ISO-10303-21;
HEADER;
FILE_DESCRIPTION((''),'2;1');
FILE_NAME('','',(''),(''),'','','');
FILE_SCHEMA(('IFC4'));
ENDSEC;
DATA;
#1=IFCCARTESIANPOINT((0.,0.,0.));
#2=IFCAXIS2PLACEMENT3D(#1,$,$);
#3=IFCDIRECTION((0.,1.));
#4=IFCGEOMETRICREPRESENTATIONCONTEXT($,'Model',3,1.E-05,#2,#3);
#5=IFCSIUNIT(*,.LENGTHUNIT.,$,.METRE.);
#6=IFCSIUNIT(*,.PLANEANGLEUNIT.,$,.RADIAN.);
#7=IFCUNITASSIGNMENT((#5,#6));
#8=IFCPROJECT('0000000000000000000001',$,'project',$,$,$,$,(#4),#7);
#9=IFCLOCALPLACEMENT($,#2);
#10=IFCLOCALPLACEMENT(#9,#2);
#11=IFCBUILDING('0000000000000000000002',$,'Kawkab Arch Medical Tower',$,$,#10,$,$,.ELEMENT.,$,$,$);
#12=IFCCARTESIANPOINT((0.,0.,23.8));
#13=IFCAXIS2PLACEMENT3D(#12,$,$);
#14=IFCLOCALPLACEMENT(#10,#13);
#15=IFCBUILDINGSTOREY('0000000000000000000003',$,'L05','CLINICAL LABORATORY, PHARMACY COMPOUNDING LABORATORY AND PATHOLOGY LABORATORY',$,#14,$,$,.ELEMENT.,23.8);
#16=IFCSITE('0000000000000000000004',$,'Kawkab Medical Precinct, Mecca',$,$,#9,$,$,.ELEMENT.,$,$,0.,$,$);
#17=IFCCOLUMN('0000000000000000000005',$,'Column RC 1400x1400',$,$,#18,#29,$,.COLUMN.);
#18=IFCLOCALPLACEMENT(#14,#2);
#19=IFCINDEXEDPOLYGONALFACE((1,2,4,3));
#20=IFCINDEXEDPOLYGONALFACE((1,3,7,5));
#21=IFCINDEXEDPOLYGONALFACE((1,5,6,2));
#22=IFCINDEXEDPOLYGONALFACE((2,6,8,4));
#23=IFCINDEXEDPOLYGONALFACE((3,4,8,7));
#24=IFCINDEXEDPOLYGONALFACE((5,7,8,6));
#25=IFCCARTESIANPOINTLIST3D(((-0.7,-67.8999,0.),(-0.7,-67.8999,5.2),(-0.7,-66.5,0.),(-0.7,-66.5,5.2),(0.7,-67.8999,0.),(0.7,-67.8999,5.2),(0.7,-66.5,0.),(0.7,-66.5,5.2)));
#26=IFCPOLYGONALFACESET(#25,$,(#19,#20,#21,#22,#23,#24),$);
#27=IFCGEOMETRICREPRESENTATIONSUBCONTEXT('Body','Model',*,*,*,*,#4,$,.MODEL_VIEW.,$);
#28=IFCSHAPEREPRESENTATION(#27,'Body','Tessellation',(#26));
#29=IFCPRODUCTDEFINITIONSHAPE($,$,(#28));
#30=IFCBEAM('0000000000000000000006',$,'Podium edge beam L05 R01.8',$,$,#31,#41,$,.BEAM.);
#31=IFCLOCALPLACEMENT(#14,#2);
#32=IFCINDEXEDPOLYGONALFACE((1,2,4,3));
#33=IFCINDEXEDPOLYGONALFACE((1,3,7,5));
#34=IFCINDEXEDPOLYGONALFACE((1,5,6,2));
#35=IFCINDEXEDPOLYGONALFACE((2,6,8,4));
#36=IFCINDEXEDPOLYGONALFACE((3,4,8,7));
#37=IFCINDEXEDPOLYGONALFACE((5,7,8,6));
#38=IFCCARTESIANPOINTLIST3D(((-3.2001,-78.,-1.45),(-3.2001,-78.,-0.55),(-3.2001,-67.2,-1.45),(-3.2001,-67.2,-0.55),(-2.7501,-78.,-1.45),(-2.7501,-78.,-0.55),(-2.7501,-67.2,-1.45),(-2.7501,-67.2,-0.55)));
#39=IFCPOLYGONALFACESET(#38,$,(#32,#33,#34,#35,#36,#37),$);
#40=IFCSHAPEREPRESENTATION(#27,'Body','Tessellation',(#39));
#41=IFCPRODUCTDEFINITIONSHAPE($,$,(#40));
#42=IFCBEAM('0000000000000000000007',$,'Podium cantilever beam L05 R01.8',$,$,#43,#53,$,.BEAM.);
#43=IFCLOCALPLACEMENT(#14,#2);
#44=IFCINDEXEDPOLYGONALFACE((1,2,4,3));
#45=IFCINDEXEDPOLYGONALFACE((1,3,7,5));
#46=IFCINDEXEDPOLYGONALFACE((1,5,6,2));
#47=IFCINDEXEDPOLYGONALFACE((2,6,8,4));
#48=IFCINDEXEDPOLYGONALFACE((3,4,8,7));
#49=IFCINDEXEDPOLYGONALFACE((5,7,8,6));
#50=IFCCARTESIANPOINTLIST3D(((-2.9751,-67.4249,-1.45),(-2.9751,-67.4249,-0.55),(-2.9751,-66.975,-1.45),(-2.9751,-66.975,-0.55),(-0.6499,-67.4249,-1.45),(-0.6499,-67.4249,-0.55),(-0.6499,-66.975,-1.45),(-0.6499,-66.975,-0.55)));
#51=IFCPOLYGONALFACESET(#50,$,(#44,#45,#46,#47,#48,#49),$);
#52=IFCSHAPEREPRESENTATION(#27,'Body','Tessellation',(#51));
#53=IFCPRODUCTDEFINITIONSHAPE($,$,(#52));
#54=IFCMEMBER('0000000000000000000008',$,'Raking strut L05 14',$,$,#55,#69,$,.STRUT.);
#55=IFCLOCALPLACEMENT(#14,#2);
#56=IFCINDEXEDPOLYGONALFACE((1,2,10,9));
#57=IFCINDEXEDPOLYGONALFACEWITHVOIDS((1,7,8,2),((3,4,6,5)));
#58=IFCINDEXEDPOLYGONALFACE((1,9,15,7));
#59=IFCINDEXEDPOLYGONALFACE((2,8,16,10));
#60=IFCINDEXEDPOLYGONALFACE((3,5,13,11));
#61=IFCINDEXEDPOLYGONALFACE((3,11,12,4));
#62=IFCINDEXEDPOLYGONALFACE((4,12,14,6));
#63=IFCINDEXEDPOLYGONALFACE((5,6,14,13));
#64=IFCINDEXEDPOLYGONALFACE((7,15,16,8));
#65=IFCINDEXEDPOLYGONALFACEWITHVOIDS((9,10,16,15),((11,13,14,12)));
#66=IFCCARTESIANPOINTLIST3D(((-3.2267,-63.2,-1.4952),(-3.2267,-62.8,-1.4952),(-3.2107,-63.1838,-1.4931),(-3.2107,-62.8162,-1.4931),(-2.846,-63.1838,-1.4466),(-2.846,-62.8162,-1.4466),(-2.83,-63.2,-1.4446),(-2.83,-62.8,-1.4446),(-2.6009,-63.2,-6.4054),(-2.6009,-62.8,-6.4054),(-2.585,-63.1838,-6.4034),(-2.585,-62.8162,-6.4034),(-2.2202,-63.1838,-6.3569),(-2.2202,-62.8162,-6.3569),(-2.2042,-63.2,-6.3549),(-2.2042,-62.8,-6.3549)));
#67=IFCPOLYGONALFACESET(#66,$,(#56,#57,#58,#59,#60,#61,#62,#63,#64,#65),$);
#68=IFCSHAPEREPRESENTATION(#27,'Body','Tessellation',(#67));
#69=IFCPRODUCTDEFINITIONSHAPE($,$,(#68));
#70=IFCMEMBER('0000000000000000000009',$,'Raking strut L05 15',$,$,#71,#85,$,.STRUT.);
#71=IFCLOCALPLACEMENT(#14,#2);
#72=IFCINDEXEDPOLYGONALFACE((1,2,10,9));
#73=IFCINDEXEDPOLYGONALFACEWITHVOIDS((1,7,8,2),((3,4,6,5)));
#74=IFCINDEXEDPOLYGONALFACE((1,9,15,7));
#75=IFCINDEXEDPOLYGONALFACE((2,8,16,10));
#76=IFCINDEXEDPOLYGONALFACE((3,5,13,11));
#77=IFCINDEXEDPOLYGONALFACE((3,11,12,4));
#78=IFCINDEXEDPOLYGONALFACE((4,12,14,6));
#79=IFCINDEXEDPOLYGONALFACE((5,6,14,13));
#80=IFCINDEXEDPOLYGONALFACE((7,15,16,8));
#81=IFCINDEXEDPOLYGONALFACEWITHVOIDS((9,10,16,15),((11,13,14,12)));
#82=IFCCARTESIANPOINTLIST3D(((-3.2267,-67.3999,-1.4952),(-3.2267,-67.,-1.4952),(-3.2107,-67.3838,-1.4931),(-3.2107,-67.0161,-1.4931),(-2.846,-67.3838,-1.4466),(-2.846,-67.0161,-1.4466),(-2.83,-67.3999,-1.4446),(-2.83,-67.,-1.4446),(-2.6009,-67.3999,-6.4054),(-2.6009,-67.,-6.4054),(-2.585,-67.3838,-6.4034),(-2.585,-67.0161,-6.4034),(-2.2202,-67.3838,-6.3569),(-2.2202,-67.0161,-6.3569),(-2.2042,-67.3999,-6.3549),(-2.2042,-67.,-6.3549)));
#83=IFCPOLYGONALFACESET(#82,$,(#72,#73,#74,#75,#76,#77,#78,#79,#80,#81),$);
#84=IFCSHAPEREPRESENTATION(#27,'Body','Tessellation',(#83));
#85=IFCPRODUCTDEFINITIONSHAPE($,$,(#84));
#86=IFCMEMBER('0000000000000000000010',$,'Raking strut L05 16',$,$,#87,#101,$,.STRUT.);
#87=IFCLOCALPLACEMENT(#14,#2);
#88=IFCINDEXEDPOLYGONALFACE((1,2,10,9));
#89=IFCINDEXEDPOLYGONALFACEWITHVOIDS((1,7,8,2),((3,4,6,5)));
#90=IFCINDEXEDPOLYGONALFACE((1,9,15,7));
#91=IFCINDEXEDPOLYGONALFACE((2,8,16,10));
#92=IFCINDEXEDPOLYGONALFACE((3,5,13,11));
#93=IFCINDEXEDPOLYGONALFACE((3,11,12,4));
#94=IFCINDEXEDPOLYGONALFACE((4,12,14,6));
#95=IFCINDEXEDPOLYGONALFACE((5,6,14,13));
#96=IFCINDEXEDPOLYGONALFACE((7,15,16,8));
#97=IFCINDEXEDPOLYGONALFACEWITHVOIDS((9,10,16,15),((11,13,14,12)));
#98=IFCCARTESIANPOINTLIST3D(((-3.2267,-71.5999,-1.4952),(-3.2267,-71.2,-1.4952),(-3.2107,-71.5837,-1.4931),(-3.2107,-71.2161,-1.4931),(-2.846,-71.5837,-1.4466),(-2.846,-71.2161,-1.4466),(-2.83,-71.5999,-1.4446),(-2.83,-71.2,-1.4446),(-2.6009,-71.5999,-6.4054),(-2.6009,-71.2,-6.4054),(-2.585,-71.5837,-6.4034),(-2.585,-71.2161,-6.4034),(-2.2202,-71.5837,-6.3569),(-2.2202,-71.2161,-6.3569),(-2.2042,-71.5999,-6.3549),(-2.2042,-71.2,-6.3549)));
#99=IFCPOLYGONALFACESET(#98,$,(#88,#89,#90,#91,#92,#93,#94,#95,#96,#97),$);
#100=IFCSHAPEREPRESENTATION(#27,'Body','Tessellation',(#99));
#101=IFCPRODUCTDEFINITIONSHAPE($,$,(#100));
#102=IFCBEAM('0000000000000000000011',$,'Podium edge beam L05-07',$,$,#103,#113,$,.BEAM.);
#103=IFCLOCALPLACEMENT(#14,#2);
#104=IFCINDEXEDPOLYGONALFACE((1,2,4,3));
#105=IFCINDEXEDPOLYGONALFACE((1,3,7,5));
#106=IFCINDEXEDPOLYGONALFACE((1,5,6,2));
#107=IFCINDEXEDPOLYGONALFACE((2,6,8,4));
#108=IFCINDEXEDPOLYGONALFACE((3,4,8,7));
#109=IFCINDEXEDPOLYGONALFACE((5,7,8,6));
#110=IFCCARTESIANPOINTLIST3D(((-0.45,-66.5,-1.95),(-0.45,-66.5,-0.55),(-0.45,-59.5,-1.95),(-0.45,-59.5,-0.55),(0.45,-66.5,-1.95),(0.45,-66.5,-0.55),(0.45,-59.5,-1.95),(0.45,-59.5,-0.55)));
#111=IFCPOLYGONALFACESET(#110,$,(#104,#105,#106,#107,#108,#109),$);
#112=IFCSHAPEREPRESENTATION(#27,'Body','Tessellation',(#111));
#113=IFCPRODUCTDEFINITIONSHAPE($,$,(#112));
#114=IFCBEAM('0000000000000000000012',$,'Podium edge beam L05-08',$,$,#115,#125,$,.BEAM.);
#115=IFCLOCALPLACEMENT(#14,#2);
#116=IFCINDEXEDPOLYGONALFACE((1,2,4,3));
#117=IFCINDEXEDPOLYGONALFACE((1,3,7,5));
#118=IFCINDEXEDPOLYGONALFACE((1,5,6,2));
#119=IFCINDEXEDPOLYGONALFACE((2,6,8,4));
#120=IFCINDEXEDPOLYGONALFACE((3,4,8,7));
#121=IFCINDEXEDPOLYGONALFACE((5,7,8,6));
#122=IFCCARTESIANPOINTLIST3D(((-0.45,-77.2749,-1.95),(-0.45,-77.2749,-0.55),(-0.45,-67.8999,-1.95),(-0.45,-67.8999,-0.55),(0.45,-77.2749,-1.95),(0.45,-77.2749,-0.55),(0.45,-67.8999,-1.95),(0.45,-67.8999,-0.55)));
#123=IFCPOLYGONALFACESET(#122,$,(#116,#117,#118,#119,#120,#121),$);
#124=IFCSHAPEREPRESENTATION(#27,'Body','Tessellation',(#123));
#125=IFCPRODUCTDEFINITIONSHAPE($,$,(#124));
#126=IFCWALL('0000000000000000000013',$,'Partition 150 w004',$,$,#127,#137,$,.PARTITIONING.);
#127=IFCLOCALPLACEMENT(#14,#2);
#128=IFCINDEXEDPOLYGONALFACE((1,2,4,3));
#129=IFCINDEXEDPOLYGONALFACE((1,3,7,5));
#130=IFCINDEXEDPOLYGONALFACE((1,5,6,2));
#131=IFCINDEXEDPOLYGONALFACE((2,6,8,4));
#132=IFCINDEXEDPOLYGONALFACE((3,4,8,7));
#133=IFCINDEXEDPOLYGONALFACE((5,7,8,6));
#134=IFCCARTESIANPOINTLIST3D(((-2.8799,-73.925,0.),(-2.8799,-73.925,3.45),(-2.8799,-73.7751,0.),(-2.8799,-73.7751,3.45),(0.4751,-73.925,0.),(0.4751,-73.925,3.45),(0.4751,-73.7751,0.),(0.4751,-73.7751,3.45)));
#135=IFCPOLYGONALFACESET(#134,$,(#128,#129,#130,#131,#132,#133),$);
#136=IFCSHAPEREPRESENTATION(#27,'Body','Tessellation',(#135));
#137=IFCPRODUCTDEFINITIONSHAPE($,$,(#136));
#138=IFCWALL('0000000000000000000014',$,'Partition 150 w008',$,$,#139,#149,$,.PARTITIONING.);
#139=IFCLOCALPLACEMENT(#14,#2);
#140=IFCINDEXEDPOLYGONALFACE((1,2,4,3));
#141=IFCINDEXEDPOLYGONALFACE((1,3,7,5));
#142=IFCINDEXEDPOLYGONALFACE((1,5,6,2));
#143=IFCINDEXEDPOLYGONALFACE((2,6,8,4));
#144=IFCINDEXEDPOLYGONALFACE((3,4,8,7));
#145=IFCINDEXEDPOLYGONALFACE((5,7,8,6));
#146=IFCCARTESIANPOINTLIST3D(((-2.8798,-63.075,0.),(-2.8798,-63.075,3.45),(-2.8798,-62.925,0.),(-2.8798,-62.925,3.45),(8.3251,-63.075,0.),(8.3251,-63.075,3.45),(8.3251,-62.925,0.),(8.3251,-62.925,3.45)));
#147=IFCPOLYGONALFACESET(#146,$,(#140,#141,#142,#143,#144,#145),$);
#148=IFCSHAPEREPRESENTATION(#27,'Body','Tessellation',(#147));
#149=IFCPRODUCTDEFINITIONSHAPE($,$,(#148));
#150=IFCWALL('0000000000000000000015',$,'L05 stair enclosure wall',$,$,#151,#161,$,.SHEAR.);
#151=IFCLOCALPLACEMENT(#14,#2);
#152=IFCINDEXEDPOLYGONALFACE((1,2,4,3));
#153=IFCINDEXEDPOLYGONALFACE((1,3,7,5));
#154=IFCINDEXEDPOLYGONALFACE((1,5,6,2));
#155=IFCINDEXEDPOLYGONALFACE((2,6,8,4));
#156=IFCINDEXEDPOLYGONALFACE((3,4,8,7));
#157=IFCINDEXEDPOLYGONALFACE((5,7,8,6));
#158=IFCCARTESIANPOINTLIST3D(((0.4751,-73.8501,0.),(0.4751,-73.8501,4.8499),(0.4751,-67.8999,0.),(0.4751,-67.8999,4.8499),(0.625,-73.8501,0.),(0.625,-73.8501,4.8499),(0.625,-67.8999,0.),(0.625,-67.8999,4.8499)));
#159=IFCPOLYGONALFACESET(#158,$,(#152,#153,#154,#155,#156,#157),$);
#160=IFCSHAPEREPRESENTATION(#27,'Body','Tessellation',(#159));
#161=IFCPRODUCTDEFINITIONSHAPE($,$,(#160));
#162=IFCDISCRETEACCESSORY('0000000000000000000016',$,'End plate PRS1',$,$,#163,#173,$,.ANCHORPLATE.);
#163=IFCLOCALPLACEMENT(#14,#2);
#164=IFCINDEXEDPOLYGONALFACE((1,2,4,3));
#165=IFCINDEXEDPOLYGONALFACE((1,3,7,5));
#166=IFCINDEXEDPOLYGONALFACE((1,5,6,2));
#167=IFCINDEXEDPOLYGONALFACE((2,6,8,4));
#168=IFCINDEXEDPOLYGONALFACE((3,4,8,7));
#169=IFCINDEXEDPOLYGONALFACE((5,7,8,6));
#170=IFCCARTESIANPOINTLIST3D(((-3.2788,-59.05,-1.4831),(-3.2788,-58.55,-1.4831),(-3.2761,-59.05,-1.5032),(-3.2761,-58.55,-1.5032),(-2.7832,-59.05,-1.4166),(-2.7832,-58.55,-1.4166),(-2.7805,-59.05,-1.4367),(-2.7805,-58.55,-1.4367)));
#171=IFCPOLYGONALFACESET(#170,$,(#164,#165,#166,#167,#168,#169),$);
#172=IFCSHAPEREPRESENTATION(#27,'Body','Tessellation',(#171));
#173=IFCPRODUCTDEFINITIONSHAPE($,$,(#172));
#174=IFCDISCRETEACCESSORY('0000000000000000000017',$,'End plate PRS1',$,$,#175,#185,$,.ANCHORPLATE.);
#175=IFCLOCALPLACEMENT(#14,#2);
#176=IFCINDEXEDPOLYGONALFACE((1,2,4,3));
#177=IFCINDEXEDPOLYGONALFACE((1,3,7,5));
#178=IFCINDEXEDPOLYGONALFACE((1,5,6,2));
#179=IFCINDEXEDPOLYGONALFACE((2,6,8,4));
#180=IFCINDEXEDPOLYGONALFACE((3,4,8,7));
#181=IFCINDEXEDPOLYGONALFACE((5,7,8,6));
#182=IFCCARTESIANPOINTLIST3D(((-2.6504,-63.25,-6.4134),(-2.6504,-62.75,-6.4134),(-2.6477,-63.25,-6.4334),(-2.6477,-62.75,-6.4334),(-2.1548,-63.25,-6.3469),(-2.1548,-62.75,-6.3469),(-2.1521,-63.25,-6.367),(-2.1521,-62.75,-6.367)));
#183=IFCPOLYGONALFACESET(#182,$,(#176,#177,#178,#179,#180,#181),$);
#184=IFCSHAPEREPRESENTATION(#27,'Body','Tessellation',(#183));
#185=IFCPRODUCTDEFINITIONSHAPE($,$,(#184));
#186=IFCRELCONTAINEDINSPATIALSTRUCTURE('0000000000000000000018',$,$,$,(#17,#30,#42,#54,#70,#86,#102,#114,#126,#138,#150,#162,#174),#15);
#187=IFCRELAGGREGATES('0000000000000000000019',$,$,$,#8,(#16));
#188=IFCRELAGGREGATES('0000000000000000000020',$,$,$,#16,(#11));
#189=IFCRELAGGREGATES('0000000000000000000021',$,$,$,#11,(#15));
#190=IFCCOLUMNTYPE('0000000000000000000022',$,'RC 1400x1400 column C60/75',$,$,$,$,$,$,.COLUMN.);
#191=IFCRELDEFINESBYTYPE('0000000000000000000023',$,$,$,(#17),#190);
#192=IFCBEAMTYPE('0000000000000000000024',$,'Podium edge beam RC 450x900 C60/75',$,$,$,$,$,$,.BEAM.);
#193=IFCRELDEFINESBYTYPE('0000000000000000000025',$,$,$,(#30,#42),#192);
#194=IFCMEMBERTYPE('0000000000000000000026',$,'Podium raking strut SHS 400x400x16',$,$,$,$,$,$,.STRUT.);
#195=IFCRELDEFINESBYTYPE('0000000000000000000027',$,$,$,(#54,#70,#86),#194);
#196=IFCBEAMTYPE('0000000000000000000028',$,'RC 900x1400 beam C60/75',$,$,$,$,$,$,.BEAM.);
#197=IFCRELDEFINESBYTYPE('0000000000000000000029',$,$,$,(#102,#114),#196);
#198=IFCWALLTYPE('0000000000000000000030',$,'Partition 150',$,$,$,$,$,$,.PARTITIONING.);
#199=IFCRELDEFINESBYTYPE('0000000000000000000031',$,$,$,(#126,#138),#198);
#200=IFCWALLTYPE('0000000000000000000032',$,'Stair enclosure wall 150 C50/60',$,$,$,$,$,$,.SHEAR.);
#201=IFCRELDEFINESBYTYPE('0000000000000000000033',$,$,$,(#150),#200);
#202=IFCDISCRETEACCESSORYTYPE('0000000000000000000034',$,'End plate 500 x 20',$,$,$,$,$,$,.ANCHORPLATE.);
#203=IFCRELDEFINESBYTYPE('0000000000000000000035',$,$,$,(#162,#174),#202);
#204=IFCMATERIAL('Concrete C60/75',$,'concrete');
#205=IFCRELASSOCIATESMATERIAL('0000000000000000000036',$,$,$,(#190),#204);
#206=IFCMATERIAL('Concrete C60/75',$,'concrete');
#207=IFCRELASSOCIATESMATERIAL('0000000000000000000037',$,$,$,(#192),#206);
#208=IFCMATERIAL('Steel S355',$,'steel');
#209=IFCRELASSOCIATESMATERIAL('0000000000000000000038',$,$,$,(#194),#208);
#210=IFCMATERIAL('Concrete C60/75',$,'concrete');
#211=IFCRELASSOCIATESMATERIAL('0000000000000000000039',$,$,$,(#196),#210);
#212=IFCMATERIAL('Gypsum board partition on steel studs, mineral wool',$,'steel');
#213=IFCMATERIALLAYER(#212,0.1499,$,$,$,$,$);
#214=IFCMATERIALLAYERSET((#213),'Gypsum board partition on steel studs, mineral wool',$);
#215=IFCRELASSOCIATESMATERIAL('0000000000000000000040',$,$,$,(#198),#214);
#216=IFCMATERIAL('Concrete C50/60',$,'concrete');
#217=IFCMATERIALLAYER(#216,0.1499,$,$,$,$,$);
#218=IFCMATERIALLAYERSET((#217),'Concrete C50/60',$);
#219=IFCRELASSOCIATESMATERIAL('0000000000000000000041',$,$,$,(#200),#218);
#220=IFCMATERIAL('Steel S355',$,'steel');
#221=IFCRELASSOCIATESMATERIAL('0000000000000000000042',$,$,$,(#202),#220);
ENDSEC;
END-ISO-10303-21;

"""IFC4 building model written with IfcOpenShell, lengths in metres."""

from ifc_helpers import new_model, si_unit, direction, frame, frame_2d, origin, origin_2d, place, context, subcontext, project, spatial, rectangle, hollow_rectangle, extrude, material, layer, layer_set, material_profile, profile_set, type_object, element, save


model = new_model("IFC4")

# Units and contexts
model_context = context("Model", 3, precision=1e-05, world=origin(), true_north=direction((0.0, 1.0)))
body_context = subcontext(model_context, "Body", "Model", "MODEL_VIEW")
ifc_project = project(units=[si_unit("LENGTHUNIT", "METRE"), si_unit("PLANEANGLEUNIT", "RADIAN")], contexts=[model_context])

# Site, building, storey
site_placement = place(None, origin())
site = spatial("IfcSite", under=ifc_project, at=site_placement, Name="Kawkab Medical Precinct, Mecca", CompositionType="ELEMENT", RefElevation=0.0)
building_placement = place(site_placement, origin())
building = spatial("IfcBuilding", under=site, at=building_placement, Name="Kawkab Arch Medical Tower", CompositionType="ELEMENT")
storey_placement = place(building_placement, frame((0.0, 0.0, 23.8)))
storey = spatial("IfcBuildingStorey", under=building, at=storey_placement, Name="L05", Description="CLINICAL LABORATORY, PHARMACY COMPOUNDING LABORATORY AND PATHOLOGY LABORATORY", CompositionType="ELEMENT", Elevation=23.8)

# Column
ifc_material_1 = material(Name="Concrete C60/75", Category="concrete")
ifc_material_profile_1 = material_profile(ifc_material_1, rectangle(XDim=1.3999, YDim=1.3999, at=origin_2d()), Name="RC 1400x1400")
ifc_profile_set_1 = profile_set([ifc_material_profile_1], Name="Concrete C60/75")
column_type = type_object("IfcColumnType", Name="RC 1400x1400 column C60/75", PredefinedType="COLUMN", material=ifc_profile_set_1)
column_placement = place(storey_placement, frame((0.0, -67.2, 0.0), z_axis=(0.0, 0.0, 1.0), x_axis=(1.0, 0.0, 0.0)))
element("IfcColumn", 1, at=column_placement, inside=storey, type_object=column_type, Name="Column RC 1400x1400", PredefinedType="COLUMN", context=body_context, shape_type="SweptSolid", body=[
    extrude(rectangle(XDim=1.3999, YDim=1.3999, at=origin_2d()), origin(), (0.0, 0.0, 1.0), 5.2),
])

# Beams
ifc_material_2 = material(Name="Concrete C60/75", Category="concrete")
ifc_material_profile_2 = material_profile(ifc_material_2, rectangle(XDim=0.45, YDim=0.8999, at=origin_2d()), Name="RC 450x900")
ifc_profile_set_2 = profile_set([ifc_material_profile_2], Name="Concrete C60/75")
beam_type_1 = type_object("IfcBeamType", Name="Podium edge beam RC 450x900 C60/75", PredefinedType="BEAM", material=ifc_profile_set_2)
beam_1_placement = place(storey_placement, frame((-2.9751, -67.2, -1.0), z_axis=(0.0, -1.0, 0.0), x_axis=(1.0, 0.0, 0.0)))
element("IfcBeam", 2, at=beam_1_placement, inside=storey, type_object=beam_type_1, Name="Podium edge beam L05 R01.8", PredefinedType="BEAM", context=body_context, shape_type="SweptSolid", body=[
    extrude(rectangle(XDim=0.45, YDim=0.8999, at=origin_2d()), origin(), (0.0, 0.0, 1.0), 10.8),
])
beam_2_placement = place(storey_placement, frame((-0.6499, -67.2, -1.0), z_axis=(-1.0, 0.0, 0.0), x_axis=(0.0, -1.0, 0.0)))
element("IfcBeam", 3, at=beam_2_placement, inside=storey, type_object=beam_type_1, Name="Podium cantilever beam L05 R01.8", PredefinedType="BEAM", context=body_context, shape_type="SweptSolid", body=[
    extrude(rectangle(XDim=0.45, YDim=0.8999, at=origin_2d()), origin(), (0.0, 0.0, 1.0), 2.3252),
])

# Members
ifc_material_3 = material(Name="Steel S355", Category="steel")
ifc_material_profile_3 = material_profile(ifc_material_3, hollow_rectangle(XDim=0.3999, YDim=0.3999, WallThickness=0.0161, at=origin_2d()), Name="SHS 400x400x16")
ifc_profile_set_3 = profile_set([ifc_material_profile_3], Name="Steel S355")
member_type = type_object("IfcMemberType", Name="Podium raking strut SHS 400x400x16", PredefinedType="STRUT", material=ifc_profile_set_3)
for number, where, z_axis, x_axis, name in (
    (4, (-2.4026, -63.0, -6.3801), (-0.126414, 0.0, 0.991978), (0.0, -1.0, 0.0), "Raking strut L05 14"),
    (5, (-2.4026, -67.2, -6.3801), (-0.126414, 0.0, 0.991978), (0.0, -1.0, 0.0), "Raking strut L05 15"),
    (6, (-2.4026, -71.3999, -6.3801), (-0.126414, 0.0, 0.991978), (0.0, -1.0, 0.0), "Raking strut L05 16"),
):
    element("IfcMember", number, at=place(storey_placement, frame(where, z_axis=z_axis, x_axis=x_axis)), inside=storey, type_object=member_type, Name=name, PredefinedType="STRUT", context=body_context, shape_type="SweptSolid", body=[
        extrude(hollow_rectangle(XDim=0.3999, YDim=0.3999, WallThickness=0.0161, at=origin_2d()), origin(), (0.0, 0.0, 1.0), 4.95),
    ])

# Beams
ifc_material_4 = material(Name="Concrete C60/75", Category="concrete")
ifc_material_profile_4 = material_profile(ifc_material_4, rectangle(XDim=0.8999, YDim=1.3999, at=origin_2d()), Name="RC 900x1400")
ifc_profile_set_4 = profile_set([ifc_material_profile_4], Name="Concrete C60/75")
beam_type_2 = type_object("IfcBeamType", Name="RC 900x1400 beam C60/75", PredefinedType="BEAM", material=ifc_profile_set_4)
beam_3_placement = place(storey_placement, frame((0.0, -59.5, -1.25), z_axis=(0.0, -1.0, 0.0), x_axis=(1.0, 0.0, 0.0)))
element("IfcBeam", 7, at=beam_3_placement, inside=storey, type_object=beam_type_2, Name="Podium edge beam L05-07", PredefinedType="BEAM", context=body_context, shape_type="SweptSolid", body=[
    extrude(rectangle(XDim=0.8999, YDim=1.3999, at=origin_2d()), origin(), (0.0, 0.0, 1.0), 7.0),
])
beam_4_placement = place(storey_placement, frame((0.0, -67.8999, -1.25), z_axis=(0.0, -1.0, 0.0), x_axis=(1.0, 0.0, 0.0)))
element("IfcBeam", 8, at=beam_4_placement, inside=storey, type_object=beam_type_2, Name="Podium edge beam L05-08", PredefinedType="BEAM", context=body_context, shape_type="SweptSolid", body=[
    extrude(rectangle(XDim=0.8999, YDim=1.3999, at=origin_2d()), origin(), (0.0, 0.0, 1.0), 9.375),
])

# Walls
ifc_material_5 = material(Name="Gypsum board partition on steel studs, mineral wool", Category="steel")
ifc_layer_1 = layer(ifc_material_5, 0.1499)
ifc_layer_set_1 = layer_set([ifc_layer_1], Name="Gypsum board partition on steel studs, mineral wool")
wall_type_1 = type_object("IfcWallType", Name="Partition 150", PredefinedType="PARTITIONING", material=ifc_layer_set_1)
wall_1_placement = place(storey_placement, frame((-2.8799, -73.8501, 0.0), z_axis=(0.0, 0.0, 1.0), x_axis=(1.0, 0.0, 0.0)))
element("IfcWall", 9, at=wall_1_placement, inside=storey, type_object=wall_type_1, Name="Partition 150 w004", PredefinedType="PARTITIONING", context=body_context, shape_type="SweptSolid", body=[
    extrude(rectangle(XDim=3.355, YDim=0.1499, at=frame_2d((1.6775, 0.0))), origin(), (0.0, 0.0, 1.0), 3.45),
])
wall_2_placement = place(storey_placement, frame((-2.8799, -63.0, 0.0), z_axis=(0.0, 0.0, 1.0), x_axis=(1.0, 0.0, 0.0)))
element("IfcWall", 10, at=wall_2_placement, inside=storey, type_object=wall_type_1, Name="Partition 150 w008", PredefinedType="PARTITIONING", context=body_context, shape_type="SweptSolid", body=[
    extrude(rectangle(XDim=11.2048, YDim=0.1499, at=frame_2d((5.6025, 0.0))), origin(), (0.0, 0.0, 1.0), 3.45),
])
ifc_material_6 = material(Name="Concrete C50/60", Category="concrete")
ifc_layer_2 = layer(ifc_material_6, 0.1499)
ifc_layer_set_2 = layer_set([ifc_layer_2], Name="Concrete C50/60")
wall_type_2 = type_object("IfcWallType", Name="Stair enclosure wall 150 C50/60", PredefinedType="SHEAR", material=ifc_layer_set_2)
wall_3_placement = place(storey_placement, frame((0.55, -73.8501, 0.0), z_axis=(0.0, 0.0, 1.0), x_axis=(0.0, 1.0, 0.0)))
element("IfcWall", 11, at=wall_3_placement, inside=storey, type_object=wall_type_2, Name="L05 stair enclosure wall", PredefinedType="SHEAR", context=body_context, shape_type="SweptSolid", body=[
    extrude(rectangle(XDim=5.9502, YDim=0.1499, at=frame_2d((2.9751, 0.0))), origin(), (0.0, 0.0, 1.0), 4.8499),
])

# Discrete accessories
ifc_material_7 = material(Name="Steel S355", Category="steel")
ifc_material_profile_5 = material_profile(ifc_material_7, rectangle(XDim=0.5, YDim=0.5, at=origin_2d()), Name="End plate 500 x 20")
ifc_profile_set_5 = profile_set([ifc_material_profile_5], Name="Steel S355")
discrete_accessory_type = type_object("IfcDiscreteAccessoryType", Name="End plate 500 x 20", PredefinedType="ANCHORPLATE", material=ifc_profile_set_5)
for number, where, z_axis, x_axis, name in (
    (12, (-3.0283, -58.8, -1.47), (-0.132955, 0.0, 0.991122), (0.0, -1.0, 0.0), "End plate PRS1"),
    (13, (-2.4026, -63.0, -6.3801), (0.132955, 0.0, -0.991122), (0.0, 1.0, 0.0), "End plate PRS1"),
):
    element("IfcDiscreteAccessory", number, at=place(storey_placement, frame(where, z_axis=z_axis, x_axis=x_axis)), inside=storey, type_object=discrete_accessory_type, Name=name, PredefinedType="ANCHORPLATE", context=body_context, shape_type="SweptSolid", body=[
        extrude(rectangle(XDim=0.5, YDim=0.5, at=origin_2d()), origin(), (0.0, 0.0, 1.0), 0.0203),
    ])

save(model, "model.ifc")
